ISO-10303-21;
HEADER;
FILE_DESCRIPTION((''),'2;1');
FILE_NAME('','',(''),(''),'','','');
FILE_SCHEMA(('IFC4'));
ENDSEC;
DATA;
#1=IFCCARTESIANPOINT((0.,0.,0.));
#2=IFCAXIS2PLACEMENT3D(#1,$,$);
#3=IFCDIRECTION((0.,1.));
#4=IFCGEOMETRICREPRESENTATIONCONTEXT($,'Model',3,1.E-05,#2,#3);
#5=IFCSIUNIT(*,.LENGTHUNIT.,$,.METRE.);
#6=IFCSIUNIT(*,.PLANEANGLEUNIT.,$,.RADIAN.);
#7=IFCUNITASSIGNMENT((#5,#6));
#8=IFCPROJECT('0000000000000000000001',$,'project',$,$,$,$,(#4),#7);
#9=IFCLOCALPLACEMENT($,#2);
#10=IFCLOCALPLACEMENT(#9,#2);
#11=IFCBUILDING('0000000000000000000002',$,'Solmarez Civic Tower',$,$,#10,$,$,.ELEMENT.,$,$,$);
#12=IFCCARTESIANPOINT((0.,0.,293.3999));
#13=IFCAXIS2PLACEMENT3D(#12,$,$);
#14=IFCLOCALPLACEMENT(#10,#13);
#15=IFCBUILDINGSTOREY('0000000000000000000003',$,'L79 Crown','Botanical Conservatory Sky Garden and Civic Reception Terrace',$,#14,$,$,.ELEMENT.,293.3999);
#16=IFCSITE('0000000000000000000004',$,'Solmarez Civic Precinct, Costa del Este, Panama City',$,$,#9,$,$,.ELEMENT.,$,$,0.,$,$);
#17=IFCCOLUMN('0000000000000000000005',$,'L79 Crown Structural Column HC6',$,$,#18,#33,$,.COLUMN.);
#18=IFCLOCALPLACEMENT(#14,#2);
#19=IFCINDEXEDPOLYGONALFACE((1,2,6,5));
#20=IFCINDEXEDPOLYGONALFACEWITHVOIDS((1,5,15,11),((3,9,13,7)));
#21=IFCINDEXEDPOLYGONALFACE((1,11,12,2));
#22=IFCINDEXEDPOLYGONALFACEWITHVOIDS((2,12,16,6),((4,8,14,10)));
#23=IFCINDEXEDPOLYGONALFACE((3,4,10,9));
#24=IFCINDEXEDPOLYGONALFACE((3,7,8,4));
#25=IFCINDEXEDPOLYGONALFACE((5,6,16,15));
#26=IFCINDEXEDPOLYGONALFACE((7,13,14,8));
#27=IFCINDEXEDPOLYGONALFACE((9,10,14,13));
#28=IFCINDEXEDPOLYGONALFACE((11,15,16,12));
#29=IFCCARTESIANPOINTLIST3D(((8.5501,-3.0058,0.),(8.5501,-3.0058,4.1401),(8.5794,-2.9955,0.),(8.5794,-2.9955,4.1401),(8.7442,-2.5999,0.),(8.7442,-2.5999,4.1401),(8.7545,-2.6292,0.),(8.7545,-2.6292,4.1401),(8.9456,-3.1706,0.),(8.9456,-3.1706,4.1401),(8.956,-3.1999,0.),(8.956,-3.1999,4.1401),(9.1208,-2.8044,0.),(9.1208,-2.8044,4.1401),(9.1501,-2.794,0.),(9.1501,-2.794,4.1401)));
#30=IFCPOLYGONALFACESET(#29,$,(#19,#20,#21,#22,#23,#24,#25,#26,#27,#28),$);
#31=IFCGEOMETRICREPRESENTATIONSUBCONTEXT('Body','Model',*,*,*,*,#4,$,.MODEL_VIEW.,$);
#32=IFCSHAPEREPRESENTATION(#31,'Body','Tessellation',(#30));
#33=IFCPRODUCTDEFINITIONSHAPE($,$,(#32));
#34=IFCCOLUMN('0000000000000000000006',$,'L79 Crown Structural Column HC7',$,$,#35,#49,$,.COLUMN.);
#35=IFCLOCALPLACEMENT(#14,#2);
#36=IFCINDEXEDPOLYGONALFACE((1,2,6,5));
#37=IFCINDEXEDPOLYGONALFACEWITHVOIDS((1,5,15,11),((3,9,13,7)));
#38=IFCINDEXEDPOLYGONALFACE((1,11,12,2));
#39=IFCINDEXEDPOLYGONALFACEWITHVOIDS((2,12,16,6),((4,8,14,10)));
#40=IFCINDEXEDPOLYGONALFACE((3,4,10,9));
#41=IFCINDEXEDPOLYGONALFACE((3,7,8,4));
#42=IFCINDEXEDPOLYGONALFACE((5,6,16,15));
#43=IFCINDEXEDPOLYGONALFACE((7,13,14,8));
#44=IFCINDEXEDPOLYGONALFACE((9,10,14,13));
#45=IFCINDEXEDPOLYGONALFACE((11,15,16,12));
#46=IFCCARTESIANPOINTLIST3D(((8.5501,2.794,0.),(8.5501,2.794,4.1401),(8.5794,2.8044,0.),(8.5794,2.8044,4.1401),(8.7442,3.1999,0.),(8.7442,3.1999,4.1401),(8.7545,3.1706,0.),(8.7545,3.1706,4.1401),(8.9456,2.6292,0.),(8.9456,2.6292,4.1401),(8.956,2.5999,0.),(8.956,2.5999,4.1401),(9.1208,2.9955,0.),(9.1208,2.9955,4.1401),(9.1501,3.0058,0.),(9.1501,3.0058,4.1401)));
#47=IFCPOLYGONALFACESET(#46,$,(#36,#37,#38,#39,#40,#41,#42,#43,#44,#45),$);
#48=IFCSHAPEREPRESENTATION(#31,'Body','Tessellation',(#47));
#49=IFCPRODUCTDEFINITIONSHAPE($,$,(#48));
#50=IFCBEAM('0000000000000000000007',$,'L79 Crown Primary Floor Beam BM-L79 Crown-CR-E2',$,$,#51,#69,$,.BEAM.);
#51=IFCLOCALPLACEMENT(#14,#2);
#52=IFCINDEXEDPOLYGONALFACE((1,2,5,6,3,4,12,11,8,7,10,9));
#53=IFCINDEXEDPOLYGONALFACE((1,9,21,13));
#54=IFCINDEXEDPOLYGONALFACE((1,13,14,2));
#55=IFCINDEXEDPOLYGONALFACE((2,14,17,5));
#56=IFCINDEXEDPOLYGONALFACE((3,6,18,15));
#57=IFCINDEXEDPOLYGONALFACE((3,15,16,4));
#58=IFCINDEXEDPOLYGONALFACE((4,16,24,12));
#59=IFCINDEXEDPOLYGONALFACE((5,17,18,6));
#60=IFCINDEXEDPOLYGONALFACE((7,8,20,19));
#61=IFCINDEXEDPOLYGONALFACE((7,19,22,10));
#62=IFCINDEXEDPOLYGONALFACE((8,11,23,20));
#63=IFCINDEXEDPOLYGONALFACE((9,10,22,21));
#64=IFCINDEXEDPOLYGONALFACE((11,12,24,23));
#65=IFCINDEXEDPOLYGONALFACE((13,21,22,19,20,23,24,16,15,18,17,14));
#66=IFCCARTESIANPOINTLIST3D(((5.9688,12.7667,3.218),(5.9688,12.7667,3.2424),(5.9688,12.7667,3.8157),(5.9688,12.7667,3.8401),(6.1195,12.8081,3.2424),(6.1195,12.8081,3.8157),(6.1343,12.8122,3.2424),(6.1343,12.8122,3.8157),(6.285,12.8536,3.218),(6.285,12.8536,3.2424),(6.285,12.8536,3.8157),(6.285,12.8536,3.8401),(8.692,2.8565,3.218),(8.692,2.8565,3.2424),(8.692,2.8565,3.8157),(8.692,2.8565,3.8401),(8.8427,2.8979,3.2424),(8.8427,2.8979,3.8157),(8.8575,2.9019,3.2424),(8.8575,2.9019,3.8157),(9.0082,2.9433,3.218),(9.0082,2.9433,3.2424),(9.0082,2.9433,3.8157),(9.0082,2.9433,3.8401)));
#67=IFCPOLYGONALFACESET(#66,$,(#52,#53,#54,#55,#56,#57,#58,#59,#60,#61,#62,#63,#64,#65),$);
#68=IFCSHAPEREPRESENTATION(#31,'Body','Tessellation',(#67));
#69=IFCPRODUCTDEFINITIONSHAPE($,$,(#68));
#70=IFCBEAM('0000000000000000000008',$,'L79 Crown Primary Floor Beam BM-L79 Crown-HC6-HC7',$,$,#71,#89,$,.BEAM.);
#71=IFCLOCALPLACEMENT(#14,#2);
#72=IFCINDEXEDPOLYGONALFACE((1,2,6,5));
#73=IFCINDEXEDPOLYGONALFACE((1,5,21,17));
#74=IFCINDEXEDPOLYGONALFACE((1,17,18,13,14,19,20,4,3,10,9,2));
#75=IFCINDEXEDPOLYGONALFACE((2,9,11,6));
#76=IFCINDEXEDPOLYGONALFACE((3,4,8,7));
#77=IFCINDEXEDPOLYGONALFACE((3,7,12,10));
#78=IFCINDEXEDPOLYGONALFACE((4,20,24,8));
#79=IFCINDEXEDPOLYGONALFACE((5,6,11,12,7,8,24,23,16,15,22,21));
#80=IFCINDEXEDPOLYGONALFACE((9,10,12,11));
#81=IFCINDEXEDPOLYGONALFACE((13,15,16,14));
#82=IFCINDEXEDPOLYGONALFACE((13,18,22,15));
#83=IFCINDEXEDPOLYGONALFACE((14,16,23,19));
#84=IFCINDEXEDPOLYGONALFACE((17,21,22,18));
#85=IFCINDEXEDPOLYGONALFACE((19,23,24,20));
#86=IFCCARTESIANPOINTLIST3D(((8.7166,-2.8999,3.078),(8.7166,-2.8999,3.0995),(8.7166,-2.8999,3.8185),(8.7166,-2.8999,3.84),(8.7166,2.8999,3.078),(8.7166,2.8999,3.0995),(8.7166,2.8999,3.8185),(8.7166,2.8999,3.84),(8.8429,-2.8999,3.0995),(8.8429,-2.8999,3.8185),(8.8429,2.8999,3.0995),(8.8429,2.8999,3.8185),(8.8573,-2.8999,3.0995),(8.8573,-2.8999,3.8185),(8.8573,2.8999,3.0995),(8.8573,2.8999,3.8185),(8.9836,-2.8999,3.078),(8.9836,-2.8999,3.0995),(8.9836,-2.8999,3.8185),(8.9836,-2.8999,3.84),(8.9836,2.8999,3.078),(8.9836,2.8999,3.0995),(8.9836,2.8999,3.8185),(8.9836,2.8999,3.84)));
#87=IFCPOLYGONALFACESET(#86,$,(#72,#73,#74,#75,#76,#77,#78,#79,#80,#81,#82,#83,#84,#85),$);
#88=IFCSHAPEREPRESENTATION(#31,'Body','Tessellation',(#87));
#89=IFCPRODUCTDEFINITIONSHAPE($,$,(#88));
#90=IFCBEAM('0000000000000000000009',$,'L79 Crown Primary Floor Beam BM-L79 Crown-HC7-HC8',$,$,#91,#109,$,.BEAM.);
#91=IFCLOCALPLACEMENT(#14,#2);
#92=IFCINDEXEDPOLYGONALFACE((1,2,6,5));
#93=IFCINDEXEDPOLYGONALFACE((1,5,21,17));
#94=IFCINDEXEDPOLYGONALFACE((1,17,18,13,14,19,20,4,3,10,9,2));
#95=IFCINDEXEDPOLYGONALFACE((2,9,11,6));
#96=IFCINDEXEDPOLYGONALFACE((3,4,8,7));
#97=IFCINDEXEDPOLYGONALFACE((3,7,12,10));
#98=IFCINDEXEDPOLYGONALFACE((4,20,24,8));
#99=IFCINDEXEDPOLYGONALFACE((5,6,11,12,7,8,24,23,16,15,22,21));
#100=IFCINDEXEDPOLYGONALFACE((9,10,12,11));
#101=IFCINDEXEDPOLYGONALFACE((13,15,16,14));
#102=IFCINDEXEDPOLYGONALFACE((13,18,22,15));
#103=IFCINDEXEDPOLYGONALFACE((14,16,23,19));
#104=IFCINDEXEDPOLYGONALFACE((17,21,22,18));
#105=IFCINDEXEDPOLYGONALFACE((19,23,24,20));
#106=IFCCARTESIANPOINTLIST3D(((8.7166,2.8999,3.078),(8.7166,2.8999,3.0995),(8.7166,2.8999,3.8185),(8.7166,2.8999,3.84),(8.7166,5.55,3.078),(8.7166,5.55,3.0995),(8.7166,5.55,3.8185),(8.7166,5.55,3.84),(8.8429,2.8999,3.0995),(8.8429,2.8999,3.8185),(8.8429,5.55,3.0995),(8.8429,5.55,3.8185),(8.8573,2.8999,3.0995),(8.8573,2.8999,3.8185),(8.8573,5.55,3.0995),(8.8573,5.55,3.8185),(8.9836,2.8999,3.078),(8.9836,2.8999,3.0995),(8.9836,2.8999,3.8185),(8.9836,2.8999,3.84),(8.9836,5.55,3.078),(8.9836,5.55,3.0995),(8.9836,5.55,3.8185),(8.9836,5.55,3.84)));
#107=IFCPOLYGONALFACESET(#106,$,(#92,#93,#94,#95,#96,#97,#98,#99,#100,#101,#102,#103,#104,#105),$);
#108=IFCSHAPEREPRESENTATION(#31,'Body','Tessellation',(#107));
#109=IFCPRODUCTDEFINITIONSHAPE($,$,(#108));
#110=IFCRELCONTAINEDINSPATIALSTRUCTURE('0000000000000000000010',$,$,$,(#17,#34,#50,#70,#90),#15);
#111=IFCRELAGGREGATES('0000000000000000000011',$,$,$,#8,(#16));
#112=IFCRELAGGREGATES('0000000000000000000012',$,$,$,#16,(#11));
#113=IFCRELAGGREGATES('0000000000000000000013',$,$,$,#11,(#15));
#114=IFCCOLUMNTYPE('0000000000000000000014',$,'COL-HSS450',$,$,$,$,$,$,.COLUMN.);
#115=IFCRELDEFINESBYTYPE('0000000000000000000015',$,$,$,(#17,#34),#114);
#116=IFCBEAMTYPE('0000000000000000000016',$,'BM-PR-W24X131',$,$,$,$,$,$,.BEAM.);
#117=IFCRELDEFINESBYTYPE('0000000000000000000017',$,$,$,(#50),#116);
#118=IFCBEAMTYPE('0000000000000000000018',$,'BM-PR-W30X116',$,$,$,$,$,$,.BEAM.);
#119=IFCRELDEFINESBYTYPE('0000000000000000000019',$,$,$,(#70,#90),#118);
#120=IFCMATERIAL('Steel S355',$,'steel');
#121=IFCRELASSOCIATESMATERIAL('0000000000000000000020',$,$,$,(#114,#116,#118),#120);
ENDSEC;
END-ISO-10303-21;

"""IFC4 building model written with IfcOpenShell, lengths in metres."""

from ifc_helpers import new_model, si_unit, direction, frame, origin, origin_2d, place, context, subcontext, project, spatial, hollow_rectangle, i_section, extrude, material, material_profile, profile_set, type_object, element, save


model = new_model("IFC4")

# Units and contexts
model_context = context("Model", 3, precision=1e-05, world=origin(), true_north=direction((0.0, 1.0)))
body_context = subcontext(model_context, "Body", "Model", "MODEL_VIEW")
ifc_project = project(units=[si_unit("LENGTHUNIT", "METRE"), si_unit("PLANEANGLEUNIT", "RADIAN")], contexts=[model_context])

# Site, building, storey
site_placement = place(None, origin())
site = spatial("IfcSite", under=ifc_project, at=site_placement, Name="Solmarez Civic Precinct, Costa del Este, Panama City", CompositionType="ELEMENT", RefElevation=0.0)
building_placement = place(site_placement, origin())
building = spatial("IfcBuilding", under=site, at=building_placement, Name="Solmarez Civic Tower", CompositionType="ELEMENT")
storey_placement = place(building_placement, frame((0.0, 0.0, 293.3999)))
storey = spatial("IfcBuildingStorey", under=building, at=storey_placement, Name="L79 Crown", Description="Botanical Conservatory Sky Garden and Civic Reception Terrace", CompositionType="ELEMENT", Elevation=293.3999)

# Columns
ifc_material_1 = material(Name="Steel S355", Category="steel")
ifc_material_profile_1 = material_profile(ifc_material_1, hollow_rectangle(XDim=0.45, YDim=0.45, WallThickness=0.022, at=origin_2d()), Name="HSS450X450X22")
ifc_profile_set_1 = profile_set([ifc_material_profile_1], Name="Steel S355")
column_type = type_object("IfcColumnType", Name="COL-HSS450", PredefinedType="COLUMN", material=ifc_profile_set_1)
for number, where, z_axis, x_axis, name in (
    (1, (8.8501, -2.8999, 0.0), (0.0, 0.0, 1.0), (0.431456, 0.902134, 0.0), "L79 Crown Structural Column HC6"),
    (2, (8.8501, 2.8999, 0.0), (0.0, 0.0, 1.0), (0.431456, 0.902134, 0.0), "L79 Crown Structural Column HC7"),
):
    element("IfcColumn", number, at=place(storey_placement, frame(where, z_axis=z_axis, x_axis=x_axis)), inside=storey, type_object=column_type, Name=name, PredefinedType="COLUMN", context=body_context, shape_type="SweptSolid", body=[
        extrude(hollow_rectangle(XDim=0.45, YDim=0.45, WallThickness=0.022, at=origin_2d()), origin(), (0.0, 0.0, 1.0), 4.1401),
    ])

# Beams
ifc_material_profile_2 = material_profile(ifc_material_1, i_section(OverallWidth=0.3279, OverallDepth=0.6221, WebThickness=0.0154, FlangeThickness=0.0244, at=origin_2d()), Name="W24X131")
ifc_profile_set_2 = profile_set([ifc_material_profile_2], Name="Steel S355")
beam_type_1 = type_object("IfcBeamType", Name="BM-PR-W24X131", PredefinedType="BEAM", material=ifc_profile_set_2)
beam_1_placement = place(storey_placement, frame((8.8501, 2.8999, 3.5291), z_axis=(-0.264962, 0.964259, 0.0), x_axis=(-0.964259, -0.264962, 0.0)))
element("IfcBeam", 3, at=beam_1_placement, inside=storey, type_object=beam_type_1, Name="L79 Crown Primary Floor Beam BM-L79 Crown-CR-E2", PredefinedType="BEAM", context=body_context, shape_type="SweptSolid", body=[
    extrude(i_section(OverallWidth=0.3279, OverallDepth=0.6221, WebThickness=0.0154, FlangeThickness=0.0244, at=origin_2d()), origin(), (0.0, 0.0, 1.0), 10.2776),
])
ifc_material_profile_3 = material_profile(ifc_material_1, i_section(OverallWidth=0.2671, OverallDepth=0.762, WebThickness=0.0144, FlangeThickness=0.0215, at=origin_2d()), Name="W30X116")
ifc_profile_set_3 = profile_set([ifc_material_profile_3], Name="Steel S355")
beam_type_2 = type_object("IfcBeamType", Name="BM-PR-W30X116", PredefinedType="BEAM", material=ifc_profile_set_3)
beam_2_placement = place(storey_placement, frame((8.8501, -2.8999, 3.459), z_axis=(0.0, 1.0, 0.0), x_axis=(-1.0, 0.0, 0.0)))
element("IfcBeam", 4, at=beam_2_placement, inside=storey, type_object=beam_type_2, Name="L79 Crown Primary Floor Beam BM-L79 Crown-HC6-HC7", PredefinedType="BEAM", context=body_context, shape_type="SweptSolid", body=[
    extrude(i_section(OverallWidth=0.2671, OverallDepth=0.762, WebThickness=0.0144, FlangeThickness=0.0215, at=origin_2d()), origin(), (0.0, 0.0, 1.0), 5.7998),
])
beam_3_placement = place(storey_placement, frame((8.8501, 2.8999, 3.459), z_axis=(0.0, 1.0, 0.0), x_axis=(-1.0, 0.0, 0.0)))
element("IfcBeam", 5, at=beam_3_placement, inside=storey, type_object=beam_type_2, Name="L79 Crown Primary Floor Beam BM-L79 Crown-HC7-HC8", PredefinedType="BEAM", context=body_context, shape_type="SweptSolid", body=[
    extrude(i_section(OverallWidth=0.2671, OverallDepth=0.762, WebThickness=0.0144, FlangeThickness=0.0215, at=origin_2d()), origin(), (0.0, 0.0, 1.0), 2.6501),
])

save(model, "model.ifc")
